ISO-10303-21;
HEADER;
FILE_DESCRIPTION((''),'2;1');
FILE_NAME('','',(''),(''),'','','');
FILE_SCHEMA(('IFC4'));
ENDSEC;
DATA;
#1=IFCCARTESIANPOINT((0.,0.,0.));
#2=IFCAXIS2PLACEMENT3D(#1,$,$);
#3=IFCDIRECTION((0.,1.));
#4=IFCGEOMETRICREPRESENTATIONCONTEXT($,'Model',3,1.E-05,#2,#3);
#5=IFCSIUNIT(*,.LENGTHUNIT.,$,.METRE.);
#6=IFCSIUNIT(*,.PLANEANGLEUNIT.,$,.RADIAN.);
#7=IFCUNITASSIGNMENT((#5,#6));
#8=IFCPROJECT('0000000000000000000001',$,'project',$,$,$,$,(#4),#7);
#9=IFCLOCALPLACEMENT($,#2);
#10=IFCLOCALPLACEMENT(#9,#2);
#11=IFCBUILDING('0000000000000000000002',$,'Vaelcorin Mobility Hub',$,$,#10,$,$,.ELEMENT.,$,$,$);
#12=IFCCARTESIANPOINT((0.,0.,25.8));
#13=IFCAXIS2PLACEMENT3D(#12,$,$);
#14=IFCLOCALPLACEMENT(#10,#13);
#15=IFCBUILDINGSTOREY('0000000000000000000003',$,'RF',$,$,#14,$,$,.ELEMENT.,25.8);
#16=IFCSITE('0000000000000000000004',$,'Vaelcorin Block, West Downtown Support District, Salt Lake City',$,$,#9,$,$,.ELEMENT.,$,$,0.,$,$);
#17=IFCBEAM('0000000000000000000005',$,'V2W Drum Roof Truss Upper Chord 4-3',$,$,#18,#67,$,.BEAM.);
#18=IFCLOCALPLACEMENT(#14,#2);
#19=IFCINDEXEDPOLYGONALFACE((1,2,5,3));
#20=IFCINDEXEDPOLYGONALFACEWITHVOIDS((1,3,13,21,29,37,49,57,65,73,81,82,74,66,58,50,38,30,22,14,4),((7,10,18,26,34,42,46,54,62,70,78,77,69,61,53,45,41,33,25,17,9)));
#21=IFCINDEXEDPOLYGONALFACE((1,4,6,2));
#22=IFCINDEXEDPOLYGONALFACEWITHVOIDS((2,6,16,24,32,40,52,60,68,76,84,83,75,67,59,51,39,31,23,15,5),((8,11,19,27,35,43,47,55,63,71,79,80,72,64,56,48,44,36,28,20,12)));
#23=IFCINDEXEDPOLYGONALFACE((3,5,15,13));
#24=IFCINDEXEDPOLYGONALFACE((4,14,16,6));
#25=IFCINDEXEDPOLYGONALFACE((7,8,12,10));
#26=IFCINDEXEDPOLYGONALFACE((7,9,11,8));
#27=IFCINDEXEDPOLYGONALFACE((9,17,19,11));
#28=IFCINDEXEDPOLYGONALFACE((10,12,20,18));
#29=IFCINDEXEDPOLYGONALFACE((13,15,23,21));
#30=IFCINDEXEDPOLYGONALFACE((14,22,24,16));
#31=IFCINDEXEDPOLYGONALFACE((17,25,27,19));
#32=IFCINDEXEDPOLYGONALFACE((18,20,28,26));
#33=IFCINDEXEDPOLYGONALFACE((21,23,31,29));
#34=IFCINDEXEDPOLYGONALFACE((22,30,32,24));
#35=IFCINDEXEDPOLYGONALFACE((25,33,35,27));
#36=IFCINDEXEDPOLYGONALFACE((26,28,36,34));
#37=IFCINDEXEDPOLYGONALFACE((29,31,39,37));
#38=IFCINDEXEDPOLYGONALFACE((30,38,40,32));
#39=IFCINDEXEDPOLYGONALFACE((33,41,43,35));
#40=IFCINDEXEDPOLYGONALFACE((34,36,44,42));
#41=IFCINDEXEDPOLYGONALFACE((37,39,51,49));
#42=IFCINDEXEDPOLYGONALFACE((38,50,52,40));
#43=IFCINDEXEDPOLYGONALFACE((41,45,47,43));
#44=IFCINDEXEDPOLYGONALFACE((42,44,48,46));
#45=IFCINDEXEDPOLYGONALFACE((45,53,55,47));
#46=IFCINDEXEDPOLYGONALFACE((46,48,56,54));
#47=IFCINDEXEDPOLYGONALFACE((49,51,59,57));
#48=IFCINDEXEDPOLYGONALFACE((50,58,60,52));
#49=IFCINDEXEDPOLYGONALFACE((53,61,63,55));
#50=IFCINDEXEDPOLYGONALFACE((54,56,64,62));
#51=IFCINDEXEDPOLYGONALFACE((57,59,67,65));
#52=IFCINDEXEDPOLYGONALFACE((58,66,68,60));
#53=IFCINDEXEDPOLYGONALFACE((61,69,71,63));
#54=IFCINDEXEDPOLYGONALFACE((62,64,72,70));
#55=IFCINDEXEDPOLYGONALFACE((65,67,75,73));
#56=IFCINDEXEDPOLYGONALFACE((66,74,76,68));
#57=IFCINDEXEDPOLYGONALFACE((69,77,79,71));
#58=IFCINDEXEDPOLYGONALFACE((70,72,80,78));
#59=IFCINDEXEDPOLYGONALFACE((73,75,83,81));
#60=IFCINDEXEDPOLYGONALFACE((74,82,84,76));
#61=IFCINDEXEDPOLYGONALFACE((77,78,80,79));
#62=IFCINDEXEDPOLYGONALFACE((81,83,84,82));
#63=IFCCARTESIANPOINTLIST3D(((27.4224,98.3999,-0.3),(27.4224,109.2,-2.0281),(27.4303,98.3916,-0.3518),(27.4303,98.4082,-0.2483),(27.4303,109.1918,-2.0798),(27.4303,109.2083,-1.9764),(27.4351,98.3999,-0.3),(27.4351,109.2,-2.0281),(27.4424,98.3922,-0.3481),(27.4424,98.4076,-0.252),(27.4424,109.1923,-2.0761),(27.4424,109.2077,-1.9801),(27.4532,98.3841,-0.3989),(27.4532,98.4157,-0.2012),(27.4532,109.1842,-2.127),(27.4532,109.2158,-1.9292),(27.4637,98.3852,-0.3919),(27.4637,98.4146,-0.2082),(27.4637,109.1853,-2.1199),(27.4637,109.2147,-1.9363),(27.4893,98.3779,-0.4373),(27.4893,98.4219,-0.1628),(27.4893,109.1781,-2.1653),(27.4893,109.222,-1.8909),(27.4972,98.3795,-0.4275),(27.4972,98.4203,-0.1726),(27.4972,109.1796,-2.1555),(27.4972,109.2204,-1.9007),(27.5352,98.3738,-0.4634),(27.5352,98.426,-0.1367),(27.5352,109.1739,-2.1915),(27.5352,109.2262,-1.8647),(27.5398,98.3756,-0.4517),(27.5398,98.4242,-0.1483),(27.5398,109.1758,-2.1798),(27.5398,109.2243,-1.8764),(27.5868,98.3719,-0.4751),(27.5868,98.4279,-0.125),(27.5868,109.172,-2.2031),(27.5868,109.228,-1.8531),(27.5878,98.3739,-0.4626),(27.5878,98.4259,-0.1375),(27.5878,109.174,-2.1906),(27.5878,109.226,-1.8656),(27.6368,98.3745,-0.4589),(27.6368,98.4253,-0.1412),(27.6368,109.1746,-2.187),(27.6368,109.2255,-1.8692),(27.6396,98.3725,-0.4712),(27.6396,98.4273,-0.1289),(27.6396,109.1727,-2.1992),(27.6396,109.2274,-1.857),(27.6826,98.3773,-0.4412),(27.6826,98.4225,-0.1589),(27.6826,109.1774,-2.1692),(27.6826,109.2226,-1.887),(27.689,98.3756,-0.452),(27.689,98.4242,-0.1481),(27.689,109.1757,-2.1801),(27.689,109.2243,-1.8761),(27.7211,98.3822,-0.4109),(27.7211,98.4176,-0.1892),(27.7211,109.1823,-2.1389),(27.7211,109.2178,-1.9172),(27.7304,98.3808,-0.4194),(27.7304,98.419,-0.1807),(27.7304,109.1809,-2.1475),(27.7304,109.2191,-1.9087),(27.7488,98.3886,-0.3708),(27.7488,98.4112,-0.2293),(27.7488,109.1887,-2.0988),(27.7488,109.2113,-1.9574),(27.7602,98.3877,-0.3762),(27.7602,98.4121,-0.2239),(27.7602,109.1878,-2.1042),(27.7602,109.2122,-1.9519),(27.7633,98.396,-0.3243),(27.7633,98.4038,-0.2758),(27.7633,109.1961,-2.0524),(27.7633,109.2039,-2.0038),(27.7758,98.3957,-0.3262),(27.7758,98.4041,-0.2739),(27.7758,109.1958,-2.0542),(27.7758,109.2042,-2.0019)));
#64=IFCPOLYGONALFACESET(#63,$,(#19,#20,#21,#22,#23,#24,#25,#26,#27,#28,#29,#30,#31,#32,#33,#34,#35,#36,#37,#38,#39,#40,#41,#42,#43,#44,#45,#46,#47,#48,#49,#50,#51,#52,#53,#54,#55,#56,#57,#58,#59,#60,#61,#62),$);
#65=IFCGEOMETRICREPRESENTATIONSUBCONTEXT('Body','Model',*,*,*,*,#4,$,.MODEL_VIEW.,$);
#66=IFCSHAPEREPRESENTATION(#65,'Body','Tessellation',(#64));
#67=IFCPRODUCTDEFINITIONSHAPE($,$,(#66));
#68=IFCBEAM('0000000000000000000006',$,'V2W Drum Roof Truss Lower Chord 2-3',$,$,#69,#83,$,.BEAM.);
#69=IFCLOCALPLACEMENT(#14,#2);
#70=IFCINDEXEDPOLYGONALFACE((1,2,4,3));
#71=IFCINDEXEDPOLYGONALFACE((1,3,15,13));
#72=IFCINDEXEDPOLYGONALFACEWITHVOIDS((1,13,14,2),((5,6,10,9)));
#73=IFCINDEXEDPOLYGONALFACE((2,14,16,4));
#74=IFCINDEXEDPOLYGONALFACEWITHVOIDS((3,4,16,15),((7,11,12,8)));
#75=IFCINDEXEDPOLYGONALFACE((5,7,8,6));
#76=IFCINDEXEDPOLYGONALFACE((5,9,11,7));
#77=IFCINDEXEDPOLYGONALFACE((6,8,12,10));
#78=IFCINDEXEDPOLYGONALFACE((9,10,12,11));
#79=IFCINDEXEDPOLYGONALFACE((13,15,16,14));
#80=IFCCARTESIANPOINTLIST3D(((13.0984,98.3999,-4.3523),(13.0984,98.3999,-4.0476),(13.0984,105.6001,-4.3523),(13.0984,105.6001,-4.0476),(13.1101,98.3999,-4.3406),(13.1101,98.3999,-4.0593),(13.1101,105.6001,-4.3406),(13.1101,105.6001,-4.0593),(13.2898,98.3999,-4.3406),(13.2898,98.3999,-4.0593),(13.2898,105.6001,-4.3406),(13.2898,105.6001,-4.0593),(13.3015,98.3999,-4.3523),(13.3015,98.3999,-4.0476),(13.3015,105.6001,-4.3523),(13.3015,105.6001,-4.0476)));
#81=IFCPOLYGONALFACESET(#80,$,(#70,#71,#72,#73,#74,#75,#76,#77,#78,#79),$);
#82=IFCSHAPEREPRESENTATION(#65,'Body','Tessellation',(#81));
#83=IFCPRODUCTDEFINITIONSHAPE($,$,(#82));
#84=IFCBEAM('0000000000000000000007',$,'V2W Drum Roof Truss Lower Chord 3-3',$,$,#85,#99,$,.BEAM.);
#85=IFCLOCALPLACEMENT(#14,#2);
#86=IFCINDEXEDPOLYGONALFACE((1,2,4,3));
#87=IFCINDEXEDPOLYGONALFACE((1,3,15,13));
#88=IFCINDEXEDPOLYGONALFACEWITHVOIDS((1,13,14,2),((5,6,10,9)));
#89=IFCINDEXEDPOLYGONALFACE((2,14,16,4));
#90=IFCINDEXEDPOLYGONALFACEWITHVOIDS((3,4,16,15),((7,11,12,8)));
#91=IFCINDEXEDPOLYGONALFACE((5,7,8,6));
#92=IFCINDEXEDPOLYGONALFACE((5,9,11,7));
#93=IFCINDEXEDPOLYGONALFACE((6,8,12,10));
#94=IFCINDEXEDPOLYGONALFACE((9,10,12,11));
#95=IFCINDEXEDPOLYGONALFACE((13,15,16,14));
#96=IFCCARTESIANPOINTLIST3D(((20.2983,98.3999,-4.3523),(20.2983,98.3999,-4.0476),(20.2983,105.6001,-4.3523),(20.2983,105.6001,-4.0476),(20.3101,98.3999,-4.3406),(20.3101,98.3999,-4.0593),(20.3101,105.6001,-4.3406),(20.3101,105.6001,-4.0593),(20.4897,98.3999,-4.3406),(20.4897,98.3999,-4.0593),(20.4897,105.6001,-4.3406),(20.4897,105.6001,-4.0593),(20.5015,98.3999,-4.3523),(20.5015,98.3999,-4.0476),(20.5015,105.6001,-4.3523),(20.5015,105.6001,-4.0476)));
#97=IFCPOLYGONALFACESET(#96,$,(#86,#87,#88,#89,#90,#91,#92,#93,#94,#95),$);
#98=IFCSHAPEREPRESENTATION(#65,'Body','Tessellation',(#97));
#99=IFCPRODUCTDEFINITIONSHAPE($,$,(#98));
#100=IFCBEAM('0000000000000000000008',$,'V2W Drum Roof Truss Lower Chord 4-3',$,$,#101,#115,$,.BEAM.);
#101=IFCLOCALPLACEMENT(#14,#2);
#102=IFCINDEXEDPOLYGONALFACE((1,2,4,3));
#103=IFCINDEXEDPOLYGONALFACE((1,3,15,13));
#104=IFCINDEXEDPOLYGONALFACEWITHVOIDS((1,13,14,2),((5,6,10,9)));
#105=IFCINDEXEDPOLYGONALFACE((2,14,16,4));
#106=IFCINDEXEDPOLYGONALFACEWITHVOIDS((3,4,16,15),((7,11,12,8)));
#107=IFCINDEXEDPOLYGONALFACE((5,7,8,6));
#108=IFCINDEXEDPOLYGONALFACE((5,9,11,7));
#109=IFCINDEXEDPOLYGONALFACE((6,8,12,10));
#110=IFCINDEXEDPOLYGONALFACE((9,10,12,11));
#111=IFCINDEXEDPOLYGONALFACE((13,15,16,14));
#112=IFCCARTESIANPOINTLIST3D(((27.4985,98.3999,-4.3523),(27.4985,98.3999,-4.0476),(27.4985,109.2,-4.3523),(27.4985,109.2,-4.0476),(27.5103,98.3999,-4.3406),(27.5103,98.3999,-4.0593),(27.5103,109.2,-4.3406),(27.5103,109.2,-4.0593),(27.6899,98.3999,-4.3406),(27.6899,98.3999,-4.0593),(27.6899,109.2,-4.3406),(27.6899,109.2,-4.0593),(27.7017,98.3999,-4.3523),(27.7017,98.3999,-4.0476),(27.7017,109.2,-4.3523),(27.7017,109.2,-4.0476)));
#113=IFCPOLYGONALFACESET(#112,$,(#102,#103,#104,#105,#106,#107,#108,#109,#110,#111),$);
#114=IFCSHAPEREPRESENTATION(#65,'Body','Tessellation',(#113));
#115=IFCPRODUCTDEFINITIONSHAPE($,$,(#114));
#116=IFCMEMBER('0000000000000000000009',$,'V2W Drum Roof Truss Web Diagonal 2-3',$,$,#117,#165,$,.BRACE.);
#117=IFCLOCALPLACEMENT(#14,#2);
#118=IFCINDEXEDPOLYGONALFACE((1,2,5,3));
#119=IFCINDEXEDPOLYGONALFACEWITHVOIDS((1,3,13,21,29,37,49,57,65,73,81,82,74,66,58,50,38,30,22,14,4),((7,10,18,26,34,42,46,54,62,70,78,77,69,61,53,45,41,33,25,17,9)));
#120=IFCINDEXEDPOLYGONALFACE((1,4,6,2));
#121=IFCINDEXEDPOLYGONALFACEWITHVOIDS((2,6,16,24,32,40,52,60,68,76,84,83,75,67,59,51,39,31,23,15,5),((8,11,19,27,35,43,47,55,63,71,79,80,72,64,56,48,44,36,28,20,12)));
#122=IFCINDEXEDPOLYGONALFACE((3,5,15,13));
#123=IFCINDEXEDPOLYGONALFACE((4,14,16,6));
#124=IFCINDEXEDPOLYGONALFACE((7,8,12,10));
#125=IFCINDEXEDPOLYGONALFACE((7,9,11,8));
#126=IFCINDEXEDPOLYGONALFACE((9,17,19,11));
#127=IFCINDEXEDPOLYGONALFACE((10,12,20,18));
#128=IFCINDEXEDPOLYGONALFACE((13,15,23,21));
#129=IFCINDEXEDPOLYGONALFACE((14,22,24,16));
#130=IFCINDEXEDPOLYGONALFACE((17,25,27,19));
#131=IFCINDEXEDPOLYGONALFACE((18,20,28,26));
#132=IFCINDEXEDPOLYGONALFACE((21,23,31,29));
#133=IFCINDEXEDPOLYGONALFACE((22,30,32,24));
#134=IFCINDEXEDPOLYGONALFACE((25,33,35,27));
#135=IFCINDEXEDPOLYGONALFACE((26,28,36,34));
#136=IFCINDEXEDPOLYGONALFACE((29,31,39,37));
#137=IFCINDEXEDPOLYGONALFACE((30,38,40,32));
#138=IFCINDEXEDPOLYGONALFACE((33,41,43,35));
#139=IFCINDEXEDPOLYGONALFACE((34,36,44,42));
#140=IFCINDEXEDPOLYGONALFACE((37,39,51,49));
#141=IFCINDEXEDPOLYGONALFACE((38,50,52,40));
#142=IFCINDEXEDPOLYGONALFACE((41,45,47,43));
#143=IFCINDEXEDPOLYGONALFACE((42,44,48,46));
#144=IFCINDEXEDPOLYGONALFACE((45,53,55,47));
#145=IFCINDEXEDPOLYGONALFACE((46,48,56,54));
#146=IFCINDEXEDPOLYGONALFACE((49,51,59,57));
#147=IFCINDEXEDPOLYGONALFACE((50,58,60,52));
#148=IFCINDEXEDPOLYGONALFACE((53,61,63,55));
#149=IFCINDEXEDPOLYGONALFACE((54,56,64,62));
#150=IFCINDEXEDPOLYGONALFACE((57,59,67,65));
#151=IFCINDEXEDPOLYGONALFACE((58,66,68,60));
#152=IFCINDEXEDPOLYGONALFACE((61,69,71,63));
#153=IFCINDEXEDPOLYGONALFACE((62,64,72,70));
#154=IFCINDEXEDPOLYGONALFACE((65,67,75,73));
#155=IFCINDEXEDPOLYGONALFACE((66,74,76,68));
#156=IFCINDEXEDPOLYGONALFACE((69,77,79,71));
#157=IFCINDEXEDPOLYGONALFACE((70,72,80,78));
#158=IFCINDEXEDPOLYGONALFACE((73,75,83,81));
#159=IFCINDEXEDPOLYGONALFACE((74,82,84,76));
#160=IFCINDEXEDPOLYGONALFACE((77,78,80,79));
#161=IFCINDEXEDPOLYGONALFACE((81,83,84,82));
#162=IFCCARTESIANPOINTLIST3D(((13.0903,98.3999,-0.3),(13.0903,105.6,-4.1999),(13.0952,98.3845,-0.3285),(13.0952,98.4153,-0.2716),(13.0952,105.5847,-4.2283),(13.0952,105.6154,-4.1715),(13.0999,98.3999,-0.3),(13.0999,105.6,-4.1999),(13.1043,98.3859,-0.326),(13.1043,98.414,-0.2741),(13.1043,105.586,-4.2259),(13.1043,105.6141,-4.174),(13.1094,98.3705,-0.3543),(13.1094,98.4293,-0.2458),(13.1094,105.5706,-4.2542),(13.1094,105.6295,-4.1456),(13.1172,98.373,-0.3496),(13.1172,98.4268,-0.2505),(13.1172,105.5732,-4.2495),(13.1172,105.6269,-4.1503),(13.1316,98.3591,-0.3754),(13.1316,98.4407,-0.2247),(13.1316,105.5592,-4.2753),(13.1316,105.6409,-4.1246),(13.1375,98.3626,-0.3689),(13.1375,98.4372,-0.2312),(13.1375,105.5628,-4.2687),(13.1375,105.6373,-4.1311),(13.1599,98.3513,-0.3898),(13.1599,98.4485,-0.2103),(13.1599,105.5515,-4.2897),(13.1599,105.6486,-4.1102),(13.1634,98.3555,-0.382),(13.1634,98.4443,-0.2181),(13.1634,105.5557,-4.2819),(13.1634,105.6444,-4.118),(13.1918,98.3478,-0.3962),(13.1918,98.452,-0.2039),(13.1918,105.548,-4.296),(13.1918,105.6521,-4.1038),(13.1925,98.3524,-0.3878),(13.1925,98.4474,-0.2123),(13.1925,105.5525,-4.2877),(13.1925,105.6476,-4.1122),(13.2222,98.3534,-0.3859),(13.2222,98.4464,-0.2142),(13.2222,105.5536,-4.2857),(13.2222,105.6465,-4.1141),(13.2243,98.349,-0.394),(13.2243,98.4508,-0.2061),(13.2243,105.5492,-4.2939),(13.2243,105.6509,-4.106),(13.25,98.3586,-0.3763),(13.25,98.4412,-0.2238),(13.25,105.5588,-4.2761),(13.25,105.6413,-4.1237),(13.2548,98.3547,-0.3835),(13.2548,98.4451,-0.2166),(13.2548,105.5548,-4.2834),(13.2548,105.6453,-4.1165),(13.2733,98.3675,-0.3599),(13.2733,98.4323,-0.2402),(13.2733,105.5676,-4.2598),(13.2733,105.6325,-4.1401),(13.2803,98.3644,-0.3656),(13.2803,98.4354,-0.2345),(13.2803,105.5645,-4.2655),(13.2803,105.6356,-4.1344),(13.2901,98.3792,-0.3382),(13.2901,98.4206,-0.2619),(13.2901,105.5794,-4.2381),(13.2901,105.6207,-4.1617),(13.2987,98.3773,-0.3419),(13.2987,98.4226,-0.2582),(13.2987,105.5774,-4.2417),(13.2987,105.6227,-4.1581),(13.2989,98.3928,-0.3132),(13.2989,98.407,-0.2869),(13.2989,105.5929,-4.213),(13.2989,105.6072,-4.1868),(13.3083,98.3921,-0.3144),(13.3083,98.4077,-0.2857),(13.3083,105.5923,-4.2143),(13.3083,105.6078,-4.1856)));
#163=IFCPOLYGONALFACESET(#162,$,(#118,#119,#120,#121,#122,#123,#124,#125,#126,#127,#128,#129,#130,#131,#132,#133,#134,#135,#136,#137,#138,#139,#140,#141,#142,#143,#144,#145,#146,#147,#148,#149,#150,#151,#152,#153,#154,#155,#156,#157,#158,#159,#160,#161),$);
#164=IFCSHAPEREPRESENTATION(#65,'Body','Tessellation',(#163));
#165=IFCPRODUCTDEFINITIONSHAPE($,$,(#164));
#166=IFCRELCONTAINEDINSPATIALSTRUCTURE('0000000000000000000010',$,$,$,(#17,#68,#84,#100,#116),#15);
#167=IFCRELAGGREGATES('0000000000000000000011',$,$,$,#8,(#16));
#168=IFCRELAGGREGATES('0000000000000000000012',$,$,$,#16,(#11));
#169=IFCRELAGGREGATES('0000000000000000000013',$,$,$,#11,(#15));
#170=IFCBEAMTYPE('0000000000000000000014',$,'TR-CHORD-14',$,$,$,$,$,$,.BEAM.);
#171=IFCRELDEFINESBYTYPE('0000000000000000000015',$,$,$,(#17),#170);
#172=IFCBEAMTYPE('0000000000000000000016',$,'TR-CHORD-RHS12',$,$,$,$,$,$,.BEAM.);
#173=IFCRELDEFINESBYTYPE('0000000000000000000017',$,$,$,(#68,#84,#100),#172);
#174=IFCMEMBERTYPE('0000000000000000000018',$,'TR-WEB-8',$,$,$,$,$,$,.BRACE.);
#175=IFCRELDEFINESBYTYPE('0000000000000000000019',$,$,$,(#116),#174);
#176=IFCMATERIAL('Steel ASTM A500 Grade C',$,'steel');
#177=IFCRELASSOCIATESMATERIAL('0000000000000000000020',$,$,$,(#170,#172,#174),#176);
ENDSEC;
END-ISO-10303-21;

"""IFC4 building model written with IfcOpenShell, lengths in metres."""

from ifc_helpers import new_model, si_unit, direction, frame, origin, origin_2d, place, context, subcontext, project, spatial, hollow_rectangle, hollow_circle, extrude, material, material_profile, profile_set, type_object, element, save


model = new_model("IFC4")

# Units and contexts
model_context = context("Model", 3, precision=1e-05, world=origin(), true_north=direction((0.0, 1.0)))
body_context = subcontext(model_context, "Body", "Model", "MODEL_VIEW")
ifc_project = project(units=[si_unit("LENGTHUNIT", "METRE"), si_unit("PLANEANGLEUNIT", "RADIAN")], contexts=[model_context])

# Site, building, storey
site_placement = place(None, origin())
site = spatial("IfcSite", under=ifc_project, at=site_placement, Name="Vaelcorin Block, West Downtown Support District, Salt Lake City", CompositionType="ELEMENT", RefElevation=0.0)
building_placement = place(site_placement, origin())
building = spatial("IfcBuilding", under=site, at=building_placement, Name="Vaelcorin Mobility Hub", CompositionType="ELEMENT")
storey_placement = place(building_placement, frame((0.0, 0.0, 25.8)))
storey = spatial("IfcBuildingStorey", under=building, at=storey_placement, Name="RF", CompositionType="ELEMENT", Elevation=25.8)

# Shared definitions
ifc_material_1 = material(Name="Steel ASTM A500 Grade C", Category="steel")

# Beams
ifc_material_profile_1 = material_profile(ifc_material_1, hollow_circle(Radius=0.1777, WallThickness=0.0127, at=origin_2d()), Name="HSS14.000X0.500")
ifc_profile_set_1 = profile_set([ifc_material_profile_1], Name="Steel ASTM A500 Grade C")
beam_type_1 = type_object("IfcBeamType", Name="TR-CHORD-14", PredefinedType="BEAM", material=ifc_profile_set_1)
beam_1_placement = place(storey_placement, frame((27.6001, 98.3999, -0.3), z_axis=(0.0, 0.98744, -0.157992), x_axis=(-1.0, 0.0, 0.0)))
element("IfcBeam", 1, at=beam_1_placement, inside=storey, type_object=beam_type_1, Name="V2W Drum Roof Truss Upper Chord 4-3", PredefinedType="BEAM", context=body_context, shape_type="SweptSolid", body=[
    extrude(hollow_circle(Radius=0.1777, WallThickness=0.0127, at=origin_2d()), origin(), (0.0, 0.0, 1.0), 10.9375),
])
ifc_material_profile_2 = material_profile(ifc_material_1, hollow_rectangle(XDim=0.2031, YDim=0.3047, WallThickness=0.0117, at=origin_2d()), Name="HSS12X8X0.500")
ifc_profile_set_2 = profile_set([ifc_material_profile_2], Name="Steel ASTM A500 Grade C")
beam_type_2 = type_object("IfcBeamType", Name="TR-CHORD-RHS12", PredefinedType="BEAM", material=ifc_profile_set_2)
for number, where, z_axis, x_axis, name in (
    (2, (13.2, 98.3999, -4.2), (0.0, 1.0, 0.0), (-1.0, 0.0, 0.0), "V2W Drum Roof Truss Lower Chord 2-3"),
    (3, (20.3999, 98.3999, -4.2), (0.0, 1.0, 0.0), (-1.0, 0.0, 0.0), "V2W Drum Roof Truss Lower Chord 3-3"),
):
    element("IfcBeam", number, at=place(storey_placement, frame(where, z_axis=z_axis, x_axis=x_axis)), inside=storey, type_object=beam_type_2, Name=name, PredefinedType="BEAM", context=body_context, shape_type="SweptSolid", body=[
        extrude(hollow_rectangle(XDim=0.2031, YDim=0.3047, WallThickness=0.0117, at=origin_2d()), origin(), (0.0, 0.0, 1.0), 7.2002),
    ])
beam_2_placement = place(storey_placement, frame((27.6001, 98.3999, -4.2), z_axis=(0.0, 1.0, 0.0), x_axis=(-1.0, 0.0, 0.0)))
element("IfcBeam", 4, at=beam_2_placement, inside=storey, type_object=beam_type_2, Name="V2W Drum Roof Truss Lower Chord 4-3", PredefinedType="BEAM", context=body_context, shape_type="SweptSolid", body=[
    extrude(hollow_rectangle(XDim=0.2031, YDim=0.3047, WallThickness=0.0117, at=origin_2d()), origin(), (0.0, 0.0, 1.0), 10.8),
])

# Member
ifc_material_profile_3 = material_profile(ifc_material_1, hollow_circle(Radius=0.1096, WallThickness=0.0095, at=origin_2d()), Name="HSS8.625X0.375")
ifc_profile_set_3 = profile_set([ifc_material_profile_3], Name="Steel ASTM A500 Grade C")
member_type_1 = type_object("IfcMemberType", Name="TR-WEB-8", PredefinedType="BRACE", material=ifc_profile_set_3)
for number, where, z_axis, x_axis, name in (
    (5, (13.2, 98.3999, -0.3), (0.0, 0.879302, -0.476264), (-1.0, 0.0, 0.0), "V2W Drum Roof Truss Web Diagonal 2-3"),
):
    element("IfcMember", number, at=place(storey_placement, frame(where, z_axis=z_axis, x_axis=x_axis)), inside=storey, type_object=member_type_1, Name=name, PredefinedType="BRACE", context=body_context, shape_type="SweptSolid", body=[
        extrude(hollow_circle(Radius=0.1096, WallThickness=0.0095, at=origin_2d()), origin(), (0.0, 0.0, 1.0), 8.1885),
    ])

save(model, "model.ifc")
